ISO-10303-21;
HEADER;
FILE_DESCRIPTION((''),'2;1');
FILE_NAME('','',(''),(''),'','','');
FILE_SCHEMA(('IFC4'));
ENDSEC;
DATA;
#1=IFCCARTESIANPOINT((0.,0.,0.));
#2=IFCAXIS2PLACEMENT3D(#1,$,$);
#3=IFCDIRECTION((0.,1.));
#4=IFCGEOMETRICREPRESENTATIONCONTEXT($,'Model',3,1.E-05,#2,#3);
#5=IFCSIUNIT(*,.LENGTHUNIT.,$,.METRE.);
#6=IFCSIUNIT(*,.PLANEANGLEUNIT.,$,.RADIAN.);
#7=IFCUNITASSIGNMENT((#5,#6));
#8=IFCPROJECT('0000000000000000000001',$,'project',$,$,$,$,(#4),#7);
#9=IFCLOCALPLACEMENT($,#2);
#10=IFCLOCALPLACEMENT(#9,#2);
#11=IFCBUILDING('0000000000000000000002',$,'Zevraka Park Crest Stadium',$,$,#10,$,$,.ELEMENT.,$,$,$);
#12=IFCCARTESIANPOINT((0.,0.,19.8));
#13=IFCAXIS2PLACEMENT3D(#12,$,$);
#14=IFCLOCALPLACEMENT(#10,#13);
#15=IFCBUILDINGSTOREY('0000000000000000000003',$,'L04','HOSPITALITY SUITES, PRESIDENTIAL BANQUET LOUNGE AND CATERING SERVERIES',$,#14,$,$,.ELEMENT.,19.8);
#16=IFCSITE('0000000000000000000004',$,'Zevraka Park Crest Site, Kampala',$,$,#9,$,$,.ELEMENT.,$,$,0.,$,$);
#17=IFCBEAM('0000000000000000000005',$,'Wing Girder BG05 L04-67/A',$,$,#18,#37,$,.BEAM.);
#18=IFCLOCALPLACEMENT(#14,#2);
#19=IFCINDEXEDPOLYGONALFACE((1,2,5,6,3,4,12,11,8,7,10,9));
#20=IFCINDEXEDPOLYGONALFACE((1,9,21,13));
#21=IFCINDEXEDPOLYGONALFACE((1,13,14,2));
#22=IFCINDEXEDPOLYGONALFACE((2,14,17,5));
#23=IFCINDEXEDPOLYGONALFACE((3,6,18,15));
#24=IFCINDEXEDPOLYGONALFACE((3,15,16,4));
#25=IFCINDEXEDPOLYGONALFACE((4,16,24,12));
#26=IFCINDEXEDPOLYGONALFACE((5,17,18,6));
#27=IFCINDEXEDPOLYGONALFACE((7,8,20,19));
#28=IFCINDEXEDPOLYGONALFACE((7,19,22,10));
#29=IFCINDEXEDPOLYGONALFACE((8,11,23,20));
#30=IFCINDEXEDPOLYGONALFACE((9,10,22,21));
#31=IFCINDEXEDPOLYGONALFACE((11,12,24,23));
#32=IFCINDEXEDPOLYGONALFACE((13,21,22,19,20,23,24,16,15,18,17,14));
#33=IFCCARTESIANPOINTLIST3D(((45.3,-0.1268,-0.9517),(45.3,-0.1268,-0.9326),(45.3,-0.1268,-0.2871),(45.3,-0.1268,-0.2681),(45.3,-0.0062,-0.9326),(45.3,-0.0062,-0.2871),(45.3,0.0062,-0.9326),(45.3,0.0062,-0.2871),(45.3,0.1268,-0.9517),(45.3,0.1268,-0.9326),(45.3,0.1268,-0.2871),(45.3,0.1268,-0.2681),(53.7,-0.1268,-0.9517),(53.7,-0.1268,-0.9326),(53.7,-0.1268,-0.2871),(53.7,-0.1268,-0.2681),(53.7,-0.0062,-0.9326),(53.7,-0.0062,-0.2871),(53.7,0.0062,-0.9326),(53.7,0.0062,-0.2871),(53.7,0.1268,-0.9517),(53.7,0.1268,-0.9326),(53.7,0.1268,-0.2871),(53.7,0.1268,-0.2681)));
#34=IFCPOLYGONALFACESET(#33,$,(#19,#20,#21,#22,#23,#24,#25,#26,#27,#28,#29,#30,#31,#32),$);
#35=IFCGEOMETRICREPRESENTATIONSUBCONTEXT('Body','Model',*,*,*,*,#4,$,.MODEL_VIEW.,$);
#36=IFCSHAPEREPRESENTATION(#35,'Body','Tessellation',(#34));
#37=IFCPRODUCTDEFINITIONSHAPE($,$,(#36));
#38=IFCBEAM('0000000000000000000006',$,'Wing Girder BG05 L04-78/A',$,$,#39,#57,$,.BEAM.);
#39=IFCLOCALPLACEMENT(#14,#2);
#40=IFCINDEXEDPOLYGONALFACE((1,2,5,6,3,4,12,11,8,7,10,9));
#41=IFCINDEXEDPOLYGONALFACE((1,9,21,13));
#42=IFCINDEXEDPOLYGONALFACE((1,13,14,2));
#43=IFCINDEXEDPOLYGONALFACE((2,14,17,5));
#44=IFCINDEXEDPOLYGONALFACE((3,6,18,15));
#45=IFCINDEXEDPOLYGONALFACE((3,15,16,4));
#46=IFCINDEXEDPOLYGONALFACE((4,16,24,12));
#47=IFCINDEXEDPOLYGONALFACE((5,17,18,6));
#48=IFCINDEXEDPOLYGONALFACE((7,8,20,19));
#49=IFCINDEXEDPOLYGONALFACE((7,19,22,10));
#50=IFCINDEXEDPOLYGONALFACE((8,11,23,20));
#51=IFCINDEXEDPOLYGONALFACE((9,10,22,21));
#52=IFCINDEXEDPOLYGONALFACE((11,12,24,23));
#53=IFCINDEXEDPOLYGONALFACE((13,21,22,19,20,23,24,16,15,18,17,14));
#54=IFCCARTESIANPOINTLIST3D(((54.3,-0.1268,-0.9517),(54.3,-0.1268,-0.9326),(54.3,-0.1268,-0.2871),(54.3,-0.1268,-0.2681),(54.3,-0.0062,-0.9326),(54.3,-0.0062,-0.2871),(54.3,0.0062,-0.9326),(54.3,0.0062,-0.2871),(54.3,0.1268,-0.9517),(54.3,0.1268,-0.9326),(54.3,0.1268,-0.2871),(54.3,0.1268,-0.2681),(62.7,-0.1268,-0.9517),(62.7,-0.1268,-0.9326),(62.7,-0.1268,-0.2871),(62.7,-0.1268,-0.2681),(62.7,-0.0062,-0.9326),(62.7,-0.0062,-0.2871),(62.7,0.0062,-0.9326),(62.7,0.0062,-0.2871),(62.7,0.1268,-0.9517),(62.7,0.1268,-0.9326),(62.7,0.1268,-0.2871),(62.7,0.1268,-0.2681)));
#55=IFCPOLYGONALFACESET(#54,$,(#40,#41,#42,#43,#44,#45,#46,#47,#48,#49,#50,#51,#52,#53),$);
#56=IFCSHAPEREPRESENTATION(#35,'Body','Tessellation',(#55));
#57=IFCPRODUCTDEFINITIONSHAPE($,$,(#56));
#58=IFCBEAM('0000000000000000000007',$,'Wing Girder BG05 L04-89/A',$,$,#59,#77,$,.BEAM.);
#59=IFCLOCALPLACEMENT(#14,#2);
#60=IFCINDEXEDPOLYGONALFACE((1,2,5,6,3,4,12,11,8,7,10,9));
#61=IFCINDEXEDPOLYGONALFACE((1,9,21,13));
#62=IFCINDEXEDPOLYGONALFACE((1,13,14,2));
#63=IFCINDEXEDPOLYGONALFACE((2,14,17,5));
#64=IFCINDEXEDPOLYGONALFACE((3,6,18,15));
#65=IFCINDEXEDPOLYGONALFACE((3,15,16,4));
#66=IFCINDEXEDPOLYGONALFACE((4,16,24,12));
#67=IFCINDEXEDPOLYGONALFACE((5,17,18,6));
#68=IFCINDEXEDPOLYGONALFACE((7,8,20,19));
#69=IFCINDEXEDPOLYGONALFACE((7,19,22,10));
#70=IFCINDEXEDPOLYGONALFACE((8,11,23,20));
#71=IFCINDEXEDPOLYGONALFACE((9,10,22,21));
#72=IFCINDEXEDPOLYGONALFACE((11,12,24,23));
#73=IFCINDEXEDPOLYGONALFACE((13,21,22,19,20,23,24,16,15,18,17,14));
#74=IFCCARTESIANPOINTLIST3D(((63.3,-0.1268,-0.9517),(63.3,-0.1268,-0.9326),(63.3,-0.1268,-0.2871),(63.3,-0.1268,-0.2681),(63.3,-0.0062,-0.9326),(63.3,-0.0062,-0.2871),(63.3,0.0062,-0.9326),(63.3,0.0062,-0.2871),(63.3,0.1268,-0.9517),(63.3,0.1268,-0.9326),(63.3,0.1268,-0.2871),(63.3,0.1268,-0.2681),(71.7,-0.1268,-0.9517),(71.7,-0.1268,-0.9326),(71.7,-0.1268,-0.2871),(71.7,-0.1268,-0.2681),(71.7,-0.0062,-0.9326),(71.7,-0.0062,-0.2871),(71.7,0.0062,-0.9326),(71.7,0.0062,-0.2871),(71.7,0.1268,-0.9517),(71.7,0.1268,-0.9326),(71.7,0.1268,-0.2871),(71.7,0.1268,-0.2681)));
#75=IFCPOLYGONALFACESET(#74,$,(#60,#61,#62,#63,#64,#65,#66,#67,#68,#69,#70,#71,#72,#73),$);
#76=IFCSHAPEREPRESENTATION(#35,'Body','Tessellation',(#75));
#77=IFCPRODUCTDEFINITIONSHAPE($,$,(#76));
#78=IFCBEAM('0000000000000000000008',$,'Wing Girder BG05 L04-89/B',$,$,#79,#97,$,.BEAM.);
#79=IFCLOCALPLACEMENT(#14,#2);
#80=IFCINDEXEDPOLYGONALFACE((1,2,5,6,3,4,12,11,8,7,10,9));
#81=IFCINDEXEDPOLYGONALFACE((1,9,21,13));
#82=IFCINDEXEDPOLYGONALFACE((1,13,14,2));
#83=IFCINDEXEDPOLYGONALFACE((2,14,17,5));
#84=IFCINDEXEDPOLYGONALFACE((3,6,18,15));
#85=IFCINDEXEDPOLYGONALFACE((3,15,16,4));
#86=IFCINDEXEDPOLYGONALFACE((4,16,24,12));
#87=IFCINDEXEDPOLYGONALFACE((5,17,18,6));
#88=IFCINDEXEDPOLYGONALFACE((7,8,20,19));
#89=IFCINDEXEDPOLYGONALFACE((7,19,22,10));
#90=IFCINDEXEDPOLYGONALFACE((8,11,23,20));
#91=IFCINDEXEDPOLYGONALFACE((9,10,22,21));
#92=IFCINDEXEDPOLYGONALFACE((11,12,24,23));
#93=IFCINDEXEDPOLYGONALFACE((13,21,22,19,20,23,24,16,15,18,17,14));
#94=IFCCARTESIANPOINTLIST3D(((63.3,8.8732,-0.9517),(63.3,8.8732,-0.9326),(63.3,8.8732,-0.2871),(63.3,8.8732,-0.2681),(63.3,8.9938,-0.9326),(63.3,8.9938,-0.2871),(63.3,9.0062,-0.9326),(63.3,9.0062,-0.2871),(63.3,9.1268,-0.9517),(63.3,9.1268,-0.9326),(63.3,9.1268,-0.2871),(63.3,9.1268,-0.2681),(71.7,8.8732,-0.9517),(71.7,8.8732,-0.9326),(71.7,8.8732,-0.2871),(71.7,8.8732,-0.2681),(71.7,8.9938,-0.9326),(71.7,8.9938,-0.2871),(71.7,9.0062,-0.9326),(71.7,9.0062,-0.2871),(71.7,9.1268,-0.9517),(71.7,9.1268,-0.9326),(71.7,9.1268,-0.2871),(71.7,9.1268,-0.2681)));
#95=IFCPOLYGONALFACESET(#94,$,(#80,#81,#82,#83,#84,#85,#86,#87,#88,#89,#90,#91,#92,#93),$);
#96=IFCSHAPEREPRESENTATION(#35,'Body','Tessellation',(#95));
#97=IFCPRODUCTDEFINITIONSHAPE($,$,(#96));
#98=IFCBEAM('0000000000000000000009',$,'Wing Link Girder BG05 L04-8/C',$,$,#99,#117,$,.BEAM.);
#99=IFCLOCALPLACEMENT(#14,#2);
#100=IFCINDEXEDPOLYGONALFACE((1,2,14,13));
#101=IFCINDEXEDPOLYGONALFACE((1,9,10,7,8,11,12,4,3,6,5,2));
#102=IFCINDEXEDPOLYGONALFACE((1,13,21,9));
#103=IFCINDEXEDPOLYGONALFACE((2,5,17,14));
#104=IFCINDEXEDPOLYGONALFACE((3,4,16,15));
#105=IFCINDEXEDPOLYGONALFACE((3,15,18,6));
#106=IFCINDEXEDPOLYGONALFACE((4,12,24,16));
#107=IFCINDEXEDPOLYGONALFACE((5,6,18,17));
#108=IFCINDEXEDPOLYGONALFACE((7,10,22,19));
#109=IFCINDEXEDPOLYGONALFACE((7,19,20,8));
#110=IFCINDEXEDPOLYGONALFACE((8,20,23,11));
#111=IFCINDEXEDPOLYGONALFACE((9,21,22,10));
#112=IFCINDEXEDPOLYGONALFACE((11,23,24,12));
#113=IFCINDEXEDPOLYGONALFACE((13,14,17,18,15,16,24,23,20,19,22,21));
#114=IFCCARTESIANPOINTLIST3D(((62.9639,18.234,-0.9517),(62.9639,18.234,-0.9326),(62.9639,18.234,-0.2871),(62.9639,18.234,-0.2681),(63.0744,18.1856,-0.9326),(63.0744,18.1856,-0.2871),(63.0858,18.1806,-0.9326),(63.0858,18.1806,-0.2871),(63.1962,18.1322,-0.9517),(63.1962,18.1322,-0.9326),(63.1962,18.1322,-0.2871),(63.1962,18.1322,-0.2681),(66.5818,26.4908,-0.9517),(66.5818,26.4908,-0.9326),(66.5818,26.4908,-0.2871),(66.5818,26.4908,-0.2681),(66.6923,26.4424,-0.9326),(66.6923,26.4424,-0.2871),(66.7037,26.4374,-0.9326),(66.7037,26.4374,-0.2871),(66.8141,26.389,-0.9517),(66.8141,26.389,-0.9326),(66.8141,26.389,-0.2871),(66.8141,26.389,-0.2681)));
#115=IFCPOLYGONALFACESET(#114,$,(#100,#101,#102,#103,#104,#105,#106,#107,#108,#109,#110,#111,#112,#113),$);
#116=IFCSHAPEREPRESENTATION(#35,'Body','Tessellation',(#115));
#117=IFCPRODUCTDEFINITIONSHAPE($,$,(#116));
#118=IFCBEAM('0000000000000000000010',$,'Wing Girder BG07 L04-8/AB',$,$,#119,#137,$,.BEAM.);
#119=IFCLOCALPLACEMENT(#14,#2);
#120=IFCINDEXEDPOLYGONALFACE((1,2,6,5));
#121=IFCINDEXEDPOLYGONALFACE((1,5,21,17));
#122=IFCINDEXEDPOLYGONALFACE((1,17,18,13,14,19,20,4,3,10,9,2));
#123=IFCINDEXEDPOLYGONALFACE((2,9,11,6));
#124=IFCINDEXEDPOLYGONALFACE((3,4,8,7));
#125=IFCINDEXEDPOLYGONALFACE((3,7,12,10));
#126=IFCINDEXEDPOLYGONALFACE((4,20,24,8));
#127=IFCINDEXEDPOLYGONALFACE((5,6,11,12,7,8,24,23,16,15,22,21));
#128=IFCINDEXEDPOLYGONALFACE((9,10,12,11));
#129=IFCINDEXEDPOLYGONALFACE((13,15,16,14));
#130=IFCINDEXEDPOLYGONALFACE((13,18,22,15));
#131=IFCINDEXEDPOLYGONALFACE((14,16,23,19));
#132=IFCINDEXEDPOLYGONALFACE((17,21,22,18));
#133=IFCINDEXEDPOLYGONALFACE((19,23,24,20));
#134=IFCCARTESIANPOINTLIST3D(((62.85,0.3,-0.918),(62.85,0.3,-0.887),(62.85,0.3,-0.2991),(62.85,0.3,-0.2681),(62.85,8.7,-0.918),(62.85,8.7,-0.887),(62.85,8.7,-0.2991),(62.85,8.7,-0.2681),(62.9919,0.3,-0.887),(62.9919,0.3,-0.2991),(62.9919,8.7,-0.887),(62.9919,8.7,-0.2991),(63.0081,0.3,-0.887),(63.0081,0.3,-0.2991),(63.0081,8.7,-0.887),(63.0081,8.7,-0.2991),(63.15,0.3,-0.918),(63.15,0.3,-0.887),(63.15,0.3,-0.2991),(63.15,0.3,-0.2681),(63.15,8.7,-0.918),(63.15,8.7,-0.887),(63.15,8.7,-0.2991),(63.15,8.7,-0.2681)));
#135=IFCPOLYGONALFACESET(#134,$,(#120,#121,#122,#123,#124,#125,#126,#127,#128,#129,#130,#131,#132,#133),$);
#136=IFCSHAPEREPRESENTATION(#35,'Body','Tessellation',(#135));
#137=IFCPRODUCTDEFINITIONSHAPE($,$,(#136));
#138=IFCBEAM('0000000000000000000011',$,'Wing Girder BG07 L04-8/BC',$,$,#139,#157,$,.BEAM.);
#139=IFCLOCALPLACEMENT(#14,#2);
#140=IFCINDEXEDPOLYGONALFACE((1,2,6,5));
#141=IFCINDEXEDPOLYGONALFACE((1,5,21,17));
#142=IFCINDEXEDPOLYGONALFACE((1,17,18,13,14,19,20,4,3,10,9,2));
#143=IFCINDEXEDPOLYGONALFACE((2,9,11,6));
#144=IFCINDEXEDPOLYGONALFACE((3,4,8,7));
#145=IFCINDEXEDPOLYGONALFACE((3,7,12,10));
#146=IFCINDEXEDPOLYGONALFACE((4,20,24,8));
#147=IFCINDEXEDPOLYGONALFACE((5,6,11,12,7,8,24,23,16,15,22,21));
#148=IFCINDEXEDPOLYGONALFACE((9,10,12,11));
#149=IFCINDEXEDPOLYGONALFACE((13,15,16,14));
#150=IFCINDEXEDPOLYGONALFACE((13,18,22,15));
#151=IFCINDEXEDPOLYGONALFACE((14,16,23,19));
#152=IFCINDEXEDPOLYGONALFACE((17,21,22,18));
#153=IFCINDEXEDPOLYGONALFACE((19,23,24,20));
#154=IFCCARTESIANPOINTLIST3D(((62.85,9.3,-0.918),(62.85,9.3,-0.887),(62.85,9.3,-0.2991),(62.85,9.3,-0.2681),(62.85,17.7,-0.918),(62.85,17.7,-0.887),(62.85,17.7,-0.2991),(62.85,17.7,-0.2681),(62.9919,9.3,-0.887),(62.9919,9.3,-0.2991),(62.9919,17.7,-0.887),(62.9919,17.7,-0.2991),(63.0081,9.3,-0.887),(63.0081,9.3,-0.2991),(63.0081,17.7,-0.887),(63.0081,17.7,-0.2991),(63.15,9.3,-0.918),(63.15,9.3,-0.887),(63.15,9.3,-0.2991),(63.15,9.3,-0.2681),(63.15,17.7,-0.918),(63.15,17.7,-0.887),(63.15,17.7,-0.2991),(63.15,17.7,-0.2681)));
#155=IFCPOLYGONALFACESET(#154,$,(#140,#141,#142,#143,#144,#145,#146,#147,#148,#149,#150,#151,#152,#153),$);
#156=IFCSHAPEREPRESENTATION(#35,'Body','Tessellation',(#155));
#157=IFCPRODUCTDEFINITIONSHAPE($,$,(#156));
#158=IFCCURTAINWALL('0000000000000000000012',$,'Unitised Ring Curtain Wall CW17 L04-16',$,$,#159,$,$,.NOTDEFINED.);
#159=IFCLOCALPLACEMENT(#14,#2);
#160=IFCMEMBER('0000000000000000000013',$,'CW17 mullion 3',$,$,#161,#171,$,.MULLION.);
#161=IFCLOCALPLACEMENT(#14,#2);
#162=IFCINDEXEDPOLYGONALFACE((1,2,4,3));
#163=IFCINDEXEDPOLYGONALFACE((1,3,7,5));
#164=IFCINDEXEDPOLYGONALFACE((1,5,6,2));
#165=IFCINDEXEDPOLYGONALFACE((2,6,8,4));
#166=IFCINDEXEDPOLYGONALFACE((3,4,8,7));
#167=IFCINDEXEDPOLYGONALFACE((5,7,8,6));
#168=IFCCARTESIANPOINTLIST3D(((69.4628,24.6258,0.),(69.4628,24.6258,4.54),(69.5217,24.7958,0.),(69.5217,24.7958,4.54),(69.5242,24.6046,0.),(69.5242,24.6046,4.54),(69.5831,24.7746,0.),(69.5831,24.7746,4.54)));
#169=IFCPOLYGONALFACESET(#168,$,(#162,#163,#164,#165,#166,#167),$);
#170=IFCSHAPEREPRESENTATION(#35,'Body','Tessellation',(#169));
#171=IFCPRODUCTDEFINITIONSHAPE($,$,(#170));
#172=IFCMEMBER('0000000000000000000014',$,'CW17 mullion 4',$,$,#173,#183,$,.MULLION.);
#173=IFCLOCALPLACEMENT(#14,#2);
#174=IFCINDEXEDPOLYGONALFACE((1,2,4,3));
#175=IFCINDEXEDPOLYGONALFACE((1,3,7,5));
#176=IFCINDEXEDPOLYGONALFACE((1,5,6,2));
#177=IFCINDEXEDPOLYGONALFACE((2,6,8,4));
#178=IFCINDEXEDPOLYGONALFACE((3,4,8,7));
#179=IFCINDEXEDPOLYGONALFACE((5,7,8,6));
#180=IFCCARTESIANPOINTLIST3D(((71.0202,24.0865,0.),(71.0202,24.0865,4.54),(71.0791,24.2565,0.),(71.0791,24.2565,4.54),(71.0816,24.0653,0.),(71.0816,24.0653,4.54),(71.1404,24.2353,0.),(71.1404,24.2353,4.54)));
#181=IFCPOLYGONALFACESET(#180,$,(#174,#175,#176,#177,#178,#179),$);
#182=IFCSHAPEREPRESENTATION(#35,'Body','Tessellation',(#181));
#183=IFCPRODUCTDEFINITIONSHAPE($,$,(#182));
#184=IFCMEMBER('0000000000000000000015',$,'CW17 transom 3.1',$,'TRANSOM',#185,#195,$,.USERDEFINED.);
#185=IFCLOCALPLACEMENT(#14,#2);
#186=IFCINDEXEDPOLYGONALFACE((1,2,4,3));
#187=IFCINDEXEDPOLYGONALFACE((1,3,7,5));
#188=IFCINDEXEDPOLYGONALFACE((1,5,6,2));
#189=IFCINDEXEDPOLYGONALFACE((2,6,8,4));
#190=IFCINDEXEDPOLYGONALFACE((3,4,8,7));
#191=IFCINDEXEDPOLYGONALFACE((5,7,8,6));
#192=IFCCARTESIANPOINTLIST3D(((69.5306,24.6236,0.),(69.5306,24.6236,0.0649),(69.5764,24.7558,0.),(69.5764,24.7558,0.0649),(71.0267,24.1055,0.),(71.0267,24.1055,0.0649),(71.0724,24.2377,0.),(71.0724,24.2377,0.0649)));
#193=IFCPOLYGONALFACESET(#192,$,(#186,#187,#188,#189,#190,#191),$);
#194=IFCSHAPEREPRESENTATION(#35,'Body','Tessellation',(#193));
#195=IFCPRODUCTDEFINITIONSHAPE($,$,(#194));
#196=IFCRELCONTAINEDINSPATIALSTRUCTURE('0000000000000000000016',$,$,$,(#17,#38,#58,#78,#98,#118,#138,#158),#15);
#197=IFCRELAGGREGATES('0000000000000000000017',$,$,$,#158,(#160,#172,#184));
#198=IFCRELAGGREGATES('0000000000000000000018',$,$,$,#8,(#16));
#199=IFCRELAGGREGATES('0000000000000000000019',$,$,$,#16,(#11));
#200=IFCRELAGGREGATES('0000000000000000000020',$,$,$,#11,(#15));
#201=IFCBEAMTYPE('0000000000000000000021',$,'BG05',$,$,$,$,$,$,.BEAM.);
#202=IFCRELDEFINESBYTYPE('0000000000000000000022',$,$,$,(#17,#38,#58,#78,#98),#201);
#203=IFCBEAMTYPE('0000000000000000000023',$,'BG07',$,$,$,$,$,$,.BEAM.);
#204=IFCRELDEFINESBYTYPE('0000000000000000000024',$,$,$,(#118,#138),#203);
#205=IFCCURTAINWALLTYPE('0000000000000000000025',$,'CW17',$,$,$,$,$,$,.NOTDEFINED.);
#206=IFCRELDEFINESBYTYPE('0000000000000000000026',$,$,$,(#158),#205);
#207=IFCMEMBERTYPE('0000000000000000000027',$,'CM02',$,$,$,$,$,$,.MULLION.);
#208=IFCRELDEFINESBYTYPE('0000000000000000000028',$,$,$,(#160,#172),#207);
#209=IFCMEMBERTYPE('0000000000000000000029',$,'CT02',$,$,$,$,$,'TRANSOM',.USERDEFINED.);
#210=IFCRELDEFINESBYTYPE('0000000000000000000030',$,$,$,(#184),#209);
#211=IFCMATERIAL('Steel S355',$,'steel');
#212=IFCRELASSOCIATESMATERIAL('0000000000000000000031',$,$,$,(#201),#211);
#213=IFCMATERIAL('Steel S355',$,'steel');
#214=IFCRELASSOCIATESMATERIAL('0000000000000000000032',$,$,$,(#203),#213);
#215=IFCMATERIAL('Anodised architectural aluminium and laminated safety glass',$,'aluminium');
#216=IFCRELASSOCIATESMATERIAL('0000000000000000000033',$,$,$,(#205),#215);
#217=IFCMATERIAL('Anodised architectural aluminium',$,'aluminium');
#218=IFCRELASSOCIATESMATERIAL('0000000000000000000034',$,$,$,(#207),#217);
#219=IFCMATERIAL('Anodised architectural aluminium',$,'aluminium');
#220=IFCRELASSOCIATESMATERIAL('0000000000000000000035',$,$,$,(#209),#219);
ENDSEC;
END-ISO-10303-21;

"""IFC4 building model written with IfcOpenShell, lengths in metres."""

from ifc_helpers import new_model, si_unit, direction, frame, origin, origin_2d, place, context, subcontext, project, spatial, rectangle, i_section, extrude, material, material_profile, profile_set, type_object, element, aggregate, save


model = new_model("IFC4")

# Units and contexts
model_context = context("Model", 3, precision=1e-05, world=origin(), true_north=direction((0.0, 1.0)))
body_context = subcontext(model_context, "Body", "Model", "MODEL_VIEW")
ifc_project = project(units=[si_unit("LENGTHUNIT", "METRE"), si_unit("PLANEANGLEUNIT", "RADIAN")], contexts=[model_context])

# Site, building, storey
site_placement = place(None, origin())
site = spatial("IfcSite", under=ifc_project, at=site_placement, Name="Zevraka Park Crest Site, Kampala", CompositionType="ELEMENT", RefElevation=0.0)
building_placement = place(site_placement, origin())
building = spatial("IfcBuilding", under=site, at=building_placement, Name="Zevraka Park Crest Stadium", CompositionType="ELEMENT")
storey_placement = place(building_placement, frame((0.0, 0.0, 19.8)))
storey = spatial("IfcBuildingStorey", under=building, at=storey_placement, Name="L04", Description="HOSPITALITY SUITES, PRESIDENTIAL BANQUET LOUNGE AND CATERING SERVERIES", CompositionType="ELEMENT", Elevation=19.8)

# Beams
ifc_material_1 = material(Name="Steel S355", Category="steel")
ifc_material_profile_1 = material_profile(ifc_material_1, i_section(OverallWidth=0.2537, OverallDepth=0.6836, WebThickness=0.0125, FlangeThickness=0.019, at=origin_2d()), Name="UKB 686x254x140")
ifc_profile_set_1 = profile_set([ifc_material_profile_1], Name="Steel S355")
beam_type_1 = type_object("IfcBeamType", Name="BG05", PredefinedType="BEAM", material=ifc_profile_set_1)
for number, where, z_axis, x_axis, name in (
    (1, (45.3, 0.0, -0.6099), (1.0, 0.0, 0.0), (0.0, 1.0, 0.0), "Wing Girder BG05 L04-67/A"),
    (2, (54.3, 0.0, -0.6099), (1.0, 0.0, 0.0), (0.0, 1.0, 0.0), "Wing Girder BG05 L04-78/A"),
    (3, (63.3, 0.0, -0.6099), (1.0, 0.0, 0.0), (0.0, 1.0, 0.0), "Wing Girder BG05 L04-89/A"),
    (4, (63.3, 9.0, -0.6099), (1.0, 0.0, 0.0), (0.0, 1.0, 0.0), "Wing Girder BG05 L04-89/B"),
):
    element("IfcBeam", number, at=place(storey_placement, frame(where, z_axis=z_axis, x_axis=x_axis)), inside=storey, type_object=beam_type_1, Name=name, PredefinedType="BEAM", context=body_context, shape_type="SweptSolid", body=[
        extrude(i_section(OverallWidth=0.2537, OverallDepth=0.6836, WebThickness=0.0125, FlangeThickness=0.019, at=origin_2d()), origin(), (0.0, 0.0, 1.0), 8.3999),
    ])
beam_placement = place(storey_placement, frame((63.0801, 18.1831, -0.6099), z_axis=(0.401336, 0.915931, 0.0), x_axis=(-0.915931, 0.401336, 0.0)))
element("IfcBeam", 5, at=beam_placement, inside=storey, type_object=beam_type_1, Name="Wing Link Girder BG05 L04-8/C", PredefinedType="BEAM", context=body_context, shape_type="SweptSolid", body=[
    extrude(i_section(OverallWidth=0.2537, OverallDepth=0.6836, WebThickness=0.0125, FlangeThickness=0.019, at=origin_2d()), origin(), (0.0, 0.0, 1.0), 9.0146),
])
ifc_material_2 = material(Name="Steel S355", Category="steel")
ifc_material_profile_2 = material_profile(ifc_material_2, i_section(OverallWidth=0.3, OverallDepth=0.6499, WebThickness=0.0161, FlangeThickness=0.031, at=origin_2d()), Name="HEB 650")
ifc_profile_set_2 = profile_set([ifc_material_profile_2], Name="Steel S355")
beam_type_2 = type_object("IfcBeamType", Name="BG07", PredefinedType="BEAM", material=ifc_profile_set_2)
for number, where, z_axis, x_axis, name in (
    (6, (63.0, 0.3, -0.593), (0.0, 1.0, 0.0), (-1.0, 0.0, 0.0), "Wing Girder BG07 L04-8/AB"),
    (7, (63.0, 9.3, -0.593), (0.0, 1.0, 0.0), (-1.0, 0.0, 0.0), "Wing Girder BG07 L04-8/BC"),
):
    element("IfcBeam", number, at=place(storey_placement, frame(where, z_axis=z_axis, x_axis=x_axis)), inside=storey, type_object=beam_type_2, Name=name, PredefinedType="BEAM", context=body_context, shape_type="SweptSolid", body=[
        extrude(i_section(OverallWidth=0.3, OverallDepth=0.6499, WebThickness=0.0161, FlangeThickness=0.031, at=origin_2d()), origin(), (0.0, 0.0, 1.0), 8.3999),
    ])

# Curtain wall, members
ifc_material_3 = material(Name="Anodised architectural aluminium and laminated safety glass", Category="aluminium")
curtain_wall_type = type_object("IfcCurtainWallType", Name="CW17", PredefinedType="NOTDEFINED", material=ifc_material_3)
curtain_wall_placement = place(storey_placement, origin())
curtain_wall = element("IfcCurtainWall", 8, at=curtain_wall_placement, inside=storey, type_object=curtain_wall_type, Name="Unitised Ring Curtain Wall CW17 L04-16", PredefinedType="NOTDEFINED")
ifc_material_4 = material(Name="Anodised architectural aluminium", Category="aluminium")
ifc_material_profile_3 = material_profile(ifc_material_4, rectangle(XDim=0.1799, YDim=0.0649, at=origin_2d()), Name="ALU MULLION 180x65")
ifc_profile_set_3 = profile_set([ifc_material_profile_3], Name="Anodised architectural aluminium")
member_type_1 = type_object("IfcMemberType", Name="CM02", PredefinedType="MULLION", material=ifc_profile_set_3)
member_1_placement = place(storey_placement, frame((69.5229, 24.7002, 0.0), z_axis=(0.0, 0.0, 1.0), x_axis=(0.327245, 0.94494, 0.0)))
member_1 = element("IfcMember", 9, at=member_1_placement, type_object=member_type_1, Name="CW17 mullion 3", PredefinedType="MULLION", context=body_context, shape_type="SweptSolid", body=[
    extrude(rectangle(XDim=0.1799, YDim=0.0649, at=origin_2d()), origin(), (0.0, 0.0, 1.0), 4.54),
])
member_2_placement = place(storey_placement, frame((71.0803, 24.1609, 0.0), z_axis=(0.0, 0.0, 1.0), x_axis=(0.327245, 0.94494, 0.0)))
member_2 = element("IfcMember", 10, at=member_2_placement, type_object=member_type_1, Name="CW17 mullion 4", PredefinedType="MULLION", context=body_context, shape_type="SweptSolid", body=[
    extrude(rectangle(XDim=0.1799, YDim=0.0649, at=origin_2d()), origin(), (0.0, 0.0, 1.0), 4.54),
])
ifc_material_5 = material(Name="Anodised architectural aluminium", Category="aluminium")
ifc_material_profile_4 = material_profile(ifc_material_5, rectangle(XDim=0.1399, YDim=0.0649, at=origin_2d()), Name="ALU TRANSOM 140x65")
ifc_profile_set_4 = profile_set([ifc_material_profile_4], Name="Anodised architectural aluminium")
member_type_2 = type_object("IfcMemberType", Name="CT02", ElementType="TRANSOM", PredefinedType="USERDEFINED", material=ifc_profile_set_4)
member_3_placement = place(storey_placement, frame((69.5535, 24.6897, 0.0325), z_axis=(0.944949, -0.327216, 0.0), x_axis=(0.327216, 0.944949, 0.0)))
member_3 = element("IfcMember", 11, at=member_3_placement, type_object=member_type_2, Name="CW17 transom 3.1", ObjectType="TRANSOM", PredefinedType="USERDEFINED", context=body_context, shape_type="SweptSolid", body=[
    extrude(rectangle(XDim=0.1399, YDim=0.0649, at=origin_2d()), origin(), (0.0, 0.0, 1.0), 1.5833),
])

aggregate(curtain_wall, [member_1, member_2, member_3])

save(model, "model.ifc")
